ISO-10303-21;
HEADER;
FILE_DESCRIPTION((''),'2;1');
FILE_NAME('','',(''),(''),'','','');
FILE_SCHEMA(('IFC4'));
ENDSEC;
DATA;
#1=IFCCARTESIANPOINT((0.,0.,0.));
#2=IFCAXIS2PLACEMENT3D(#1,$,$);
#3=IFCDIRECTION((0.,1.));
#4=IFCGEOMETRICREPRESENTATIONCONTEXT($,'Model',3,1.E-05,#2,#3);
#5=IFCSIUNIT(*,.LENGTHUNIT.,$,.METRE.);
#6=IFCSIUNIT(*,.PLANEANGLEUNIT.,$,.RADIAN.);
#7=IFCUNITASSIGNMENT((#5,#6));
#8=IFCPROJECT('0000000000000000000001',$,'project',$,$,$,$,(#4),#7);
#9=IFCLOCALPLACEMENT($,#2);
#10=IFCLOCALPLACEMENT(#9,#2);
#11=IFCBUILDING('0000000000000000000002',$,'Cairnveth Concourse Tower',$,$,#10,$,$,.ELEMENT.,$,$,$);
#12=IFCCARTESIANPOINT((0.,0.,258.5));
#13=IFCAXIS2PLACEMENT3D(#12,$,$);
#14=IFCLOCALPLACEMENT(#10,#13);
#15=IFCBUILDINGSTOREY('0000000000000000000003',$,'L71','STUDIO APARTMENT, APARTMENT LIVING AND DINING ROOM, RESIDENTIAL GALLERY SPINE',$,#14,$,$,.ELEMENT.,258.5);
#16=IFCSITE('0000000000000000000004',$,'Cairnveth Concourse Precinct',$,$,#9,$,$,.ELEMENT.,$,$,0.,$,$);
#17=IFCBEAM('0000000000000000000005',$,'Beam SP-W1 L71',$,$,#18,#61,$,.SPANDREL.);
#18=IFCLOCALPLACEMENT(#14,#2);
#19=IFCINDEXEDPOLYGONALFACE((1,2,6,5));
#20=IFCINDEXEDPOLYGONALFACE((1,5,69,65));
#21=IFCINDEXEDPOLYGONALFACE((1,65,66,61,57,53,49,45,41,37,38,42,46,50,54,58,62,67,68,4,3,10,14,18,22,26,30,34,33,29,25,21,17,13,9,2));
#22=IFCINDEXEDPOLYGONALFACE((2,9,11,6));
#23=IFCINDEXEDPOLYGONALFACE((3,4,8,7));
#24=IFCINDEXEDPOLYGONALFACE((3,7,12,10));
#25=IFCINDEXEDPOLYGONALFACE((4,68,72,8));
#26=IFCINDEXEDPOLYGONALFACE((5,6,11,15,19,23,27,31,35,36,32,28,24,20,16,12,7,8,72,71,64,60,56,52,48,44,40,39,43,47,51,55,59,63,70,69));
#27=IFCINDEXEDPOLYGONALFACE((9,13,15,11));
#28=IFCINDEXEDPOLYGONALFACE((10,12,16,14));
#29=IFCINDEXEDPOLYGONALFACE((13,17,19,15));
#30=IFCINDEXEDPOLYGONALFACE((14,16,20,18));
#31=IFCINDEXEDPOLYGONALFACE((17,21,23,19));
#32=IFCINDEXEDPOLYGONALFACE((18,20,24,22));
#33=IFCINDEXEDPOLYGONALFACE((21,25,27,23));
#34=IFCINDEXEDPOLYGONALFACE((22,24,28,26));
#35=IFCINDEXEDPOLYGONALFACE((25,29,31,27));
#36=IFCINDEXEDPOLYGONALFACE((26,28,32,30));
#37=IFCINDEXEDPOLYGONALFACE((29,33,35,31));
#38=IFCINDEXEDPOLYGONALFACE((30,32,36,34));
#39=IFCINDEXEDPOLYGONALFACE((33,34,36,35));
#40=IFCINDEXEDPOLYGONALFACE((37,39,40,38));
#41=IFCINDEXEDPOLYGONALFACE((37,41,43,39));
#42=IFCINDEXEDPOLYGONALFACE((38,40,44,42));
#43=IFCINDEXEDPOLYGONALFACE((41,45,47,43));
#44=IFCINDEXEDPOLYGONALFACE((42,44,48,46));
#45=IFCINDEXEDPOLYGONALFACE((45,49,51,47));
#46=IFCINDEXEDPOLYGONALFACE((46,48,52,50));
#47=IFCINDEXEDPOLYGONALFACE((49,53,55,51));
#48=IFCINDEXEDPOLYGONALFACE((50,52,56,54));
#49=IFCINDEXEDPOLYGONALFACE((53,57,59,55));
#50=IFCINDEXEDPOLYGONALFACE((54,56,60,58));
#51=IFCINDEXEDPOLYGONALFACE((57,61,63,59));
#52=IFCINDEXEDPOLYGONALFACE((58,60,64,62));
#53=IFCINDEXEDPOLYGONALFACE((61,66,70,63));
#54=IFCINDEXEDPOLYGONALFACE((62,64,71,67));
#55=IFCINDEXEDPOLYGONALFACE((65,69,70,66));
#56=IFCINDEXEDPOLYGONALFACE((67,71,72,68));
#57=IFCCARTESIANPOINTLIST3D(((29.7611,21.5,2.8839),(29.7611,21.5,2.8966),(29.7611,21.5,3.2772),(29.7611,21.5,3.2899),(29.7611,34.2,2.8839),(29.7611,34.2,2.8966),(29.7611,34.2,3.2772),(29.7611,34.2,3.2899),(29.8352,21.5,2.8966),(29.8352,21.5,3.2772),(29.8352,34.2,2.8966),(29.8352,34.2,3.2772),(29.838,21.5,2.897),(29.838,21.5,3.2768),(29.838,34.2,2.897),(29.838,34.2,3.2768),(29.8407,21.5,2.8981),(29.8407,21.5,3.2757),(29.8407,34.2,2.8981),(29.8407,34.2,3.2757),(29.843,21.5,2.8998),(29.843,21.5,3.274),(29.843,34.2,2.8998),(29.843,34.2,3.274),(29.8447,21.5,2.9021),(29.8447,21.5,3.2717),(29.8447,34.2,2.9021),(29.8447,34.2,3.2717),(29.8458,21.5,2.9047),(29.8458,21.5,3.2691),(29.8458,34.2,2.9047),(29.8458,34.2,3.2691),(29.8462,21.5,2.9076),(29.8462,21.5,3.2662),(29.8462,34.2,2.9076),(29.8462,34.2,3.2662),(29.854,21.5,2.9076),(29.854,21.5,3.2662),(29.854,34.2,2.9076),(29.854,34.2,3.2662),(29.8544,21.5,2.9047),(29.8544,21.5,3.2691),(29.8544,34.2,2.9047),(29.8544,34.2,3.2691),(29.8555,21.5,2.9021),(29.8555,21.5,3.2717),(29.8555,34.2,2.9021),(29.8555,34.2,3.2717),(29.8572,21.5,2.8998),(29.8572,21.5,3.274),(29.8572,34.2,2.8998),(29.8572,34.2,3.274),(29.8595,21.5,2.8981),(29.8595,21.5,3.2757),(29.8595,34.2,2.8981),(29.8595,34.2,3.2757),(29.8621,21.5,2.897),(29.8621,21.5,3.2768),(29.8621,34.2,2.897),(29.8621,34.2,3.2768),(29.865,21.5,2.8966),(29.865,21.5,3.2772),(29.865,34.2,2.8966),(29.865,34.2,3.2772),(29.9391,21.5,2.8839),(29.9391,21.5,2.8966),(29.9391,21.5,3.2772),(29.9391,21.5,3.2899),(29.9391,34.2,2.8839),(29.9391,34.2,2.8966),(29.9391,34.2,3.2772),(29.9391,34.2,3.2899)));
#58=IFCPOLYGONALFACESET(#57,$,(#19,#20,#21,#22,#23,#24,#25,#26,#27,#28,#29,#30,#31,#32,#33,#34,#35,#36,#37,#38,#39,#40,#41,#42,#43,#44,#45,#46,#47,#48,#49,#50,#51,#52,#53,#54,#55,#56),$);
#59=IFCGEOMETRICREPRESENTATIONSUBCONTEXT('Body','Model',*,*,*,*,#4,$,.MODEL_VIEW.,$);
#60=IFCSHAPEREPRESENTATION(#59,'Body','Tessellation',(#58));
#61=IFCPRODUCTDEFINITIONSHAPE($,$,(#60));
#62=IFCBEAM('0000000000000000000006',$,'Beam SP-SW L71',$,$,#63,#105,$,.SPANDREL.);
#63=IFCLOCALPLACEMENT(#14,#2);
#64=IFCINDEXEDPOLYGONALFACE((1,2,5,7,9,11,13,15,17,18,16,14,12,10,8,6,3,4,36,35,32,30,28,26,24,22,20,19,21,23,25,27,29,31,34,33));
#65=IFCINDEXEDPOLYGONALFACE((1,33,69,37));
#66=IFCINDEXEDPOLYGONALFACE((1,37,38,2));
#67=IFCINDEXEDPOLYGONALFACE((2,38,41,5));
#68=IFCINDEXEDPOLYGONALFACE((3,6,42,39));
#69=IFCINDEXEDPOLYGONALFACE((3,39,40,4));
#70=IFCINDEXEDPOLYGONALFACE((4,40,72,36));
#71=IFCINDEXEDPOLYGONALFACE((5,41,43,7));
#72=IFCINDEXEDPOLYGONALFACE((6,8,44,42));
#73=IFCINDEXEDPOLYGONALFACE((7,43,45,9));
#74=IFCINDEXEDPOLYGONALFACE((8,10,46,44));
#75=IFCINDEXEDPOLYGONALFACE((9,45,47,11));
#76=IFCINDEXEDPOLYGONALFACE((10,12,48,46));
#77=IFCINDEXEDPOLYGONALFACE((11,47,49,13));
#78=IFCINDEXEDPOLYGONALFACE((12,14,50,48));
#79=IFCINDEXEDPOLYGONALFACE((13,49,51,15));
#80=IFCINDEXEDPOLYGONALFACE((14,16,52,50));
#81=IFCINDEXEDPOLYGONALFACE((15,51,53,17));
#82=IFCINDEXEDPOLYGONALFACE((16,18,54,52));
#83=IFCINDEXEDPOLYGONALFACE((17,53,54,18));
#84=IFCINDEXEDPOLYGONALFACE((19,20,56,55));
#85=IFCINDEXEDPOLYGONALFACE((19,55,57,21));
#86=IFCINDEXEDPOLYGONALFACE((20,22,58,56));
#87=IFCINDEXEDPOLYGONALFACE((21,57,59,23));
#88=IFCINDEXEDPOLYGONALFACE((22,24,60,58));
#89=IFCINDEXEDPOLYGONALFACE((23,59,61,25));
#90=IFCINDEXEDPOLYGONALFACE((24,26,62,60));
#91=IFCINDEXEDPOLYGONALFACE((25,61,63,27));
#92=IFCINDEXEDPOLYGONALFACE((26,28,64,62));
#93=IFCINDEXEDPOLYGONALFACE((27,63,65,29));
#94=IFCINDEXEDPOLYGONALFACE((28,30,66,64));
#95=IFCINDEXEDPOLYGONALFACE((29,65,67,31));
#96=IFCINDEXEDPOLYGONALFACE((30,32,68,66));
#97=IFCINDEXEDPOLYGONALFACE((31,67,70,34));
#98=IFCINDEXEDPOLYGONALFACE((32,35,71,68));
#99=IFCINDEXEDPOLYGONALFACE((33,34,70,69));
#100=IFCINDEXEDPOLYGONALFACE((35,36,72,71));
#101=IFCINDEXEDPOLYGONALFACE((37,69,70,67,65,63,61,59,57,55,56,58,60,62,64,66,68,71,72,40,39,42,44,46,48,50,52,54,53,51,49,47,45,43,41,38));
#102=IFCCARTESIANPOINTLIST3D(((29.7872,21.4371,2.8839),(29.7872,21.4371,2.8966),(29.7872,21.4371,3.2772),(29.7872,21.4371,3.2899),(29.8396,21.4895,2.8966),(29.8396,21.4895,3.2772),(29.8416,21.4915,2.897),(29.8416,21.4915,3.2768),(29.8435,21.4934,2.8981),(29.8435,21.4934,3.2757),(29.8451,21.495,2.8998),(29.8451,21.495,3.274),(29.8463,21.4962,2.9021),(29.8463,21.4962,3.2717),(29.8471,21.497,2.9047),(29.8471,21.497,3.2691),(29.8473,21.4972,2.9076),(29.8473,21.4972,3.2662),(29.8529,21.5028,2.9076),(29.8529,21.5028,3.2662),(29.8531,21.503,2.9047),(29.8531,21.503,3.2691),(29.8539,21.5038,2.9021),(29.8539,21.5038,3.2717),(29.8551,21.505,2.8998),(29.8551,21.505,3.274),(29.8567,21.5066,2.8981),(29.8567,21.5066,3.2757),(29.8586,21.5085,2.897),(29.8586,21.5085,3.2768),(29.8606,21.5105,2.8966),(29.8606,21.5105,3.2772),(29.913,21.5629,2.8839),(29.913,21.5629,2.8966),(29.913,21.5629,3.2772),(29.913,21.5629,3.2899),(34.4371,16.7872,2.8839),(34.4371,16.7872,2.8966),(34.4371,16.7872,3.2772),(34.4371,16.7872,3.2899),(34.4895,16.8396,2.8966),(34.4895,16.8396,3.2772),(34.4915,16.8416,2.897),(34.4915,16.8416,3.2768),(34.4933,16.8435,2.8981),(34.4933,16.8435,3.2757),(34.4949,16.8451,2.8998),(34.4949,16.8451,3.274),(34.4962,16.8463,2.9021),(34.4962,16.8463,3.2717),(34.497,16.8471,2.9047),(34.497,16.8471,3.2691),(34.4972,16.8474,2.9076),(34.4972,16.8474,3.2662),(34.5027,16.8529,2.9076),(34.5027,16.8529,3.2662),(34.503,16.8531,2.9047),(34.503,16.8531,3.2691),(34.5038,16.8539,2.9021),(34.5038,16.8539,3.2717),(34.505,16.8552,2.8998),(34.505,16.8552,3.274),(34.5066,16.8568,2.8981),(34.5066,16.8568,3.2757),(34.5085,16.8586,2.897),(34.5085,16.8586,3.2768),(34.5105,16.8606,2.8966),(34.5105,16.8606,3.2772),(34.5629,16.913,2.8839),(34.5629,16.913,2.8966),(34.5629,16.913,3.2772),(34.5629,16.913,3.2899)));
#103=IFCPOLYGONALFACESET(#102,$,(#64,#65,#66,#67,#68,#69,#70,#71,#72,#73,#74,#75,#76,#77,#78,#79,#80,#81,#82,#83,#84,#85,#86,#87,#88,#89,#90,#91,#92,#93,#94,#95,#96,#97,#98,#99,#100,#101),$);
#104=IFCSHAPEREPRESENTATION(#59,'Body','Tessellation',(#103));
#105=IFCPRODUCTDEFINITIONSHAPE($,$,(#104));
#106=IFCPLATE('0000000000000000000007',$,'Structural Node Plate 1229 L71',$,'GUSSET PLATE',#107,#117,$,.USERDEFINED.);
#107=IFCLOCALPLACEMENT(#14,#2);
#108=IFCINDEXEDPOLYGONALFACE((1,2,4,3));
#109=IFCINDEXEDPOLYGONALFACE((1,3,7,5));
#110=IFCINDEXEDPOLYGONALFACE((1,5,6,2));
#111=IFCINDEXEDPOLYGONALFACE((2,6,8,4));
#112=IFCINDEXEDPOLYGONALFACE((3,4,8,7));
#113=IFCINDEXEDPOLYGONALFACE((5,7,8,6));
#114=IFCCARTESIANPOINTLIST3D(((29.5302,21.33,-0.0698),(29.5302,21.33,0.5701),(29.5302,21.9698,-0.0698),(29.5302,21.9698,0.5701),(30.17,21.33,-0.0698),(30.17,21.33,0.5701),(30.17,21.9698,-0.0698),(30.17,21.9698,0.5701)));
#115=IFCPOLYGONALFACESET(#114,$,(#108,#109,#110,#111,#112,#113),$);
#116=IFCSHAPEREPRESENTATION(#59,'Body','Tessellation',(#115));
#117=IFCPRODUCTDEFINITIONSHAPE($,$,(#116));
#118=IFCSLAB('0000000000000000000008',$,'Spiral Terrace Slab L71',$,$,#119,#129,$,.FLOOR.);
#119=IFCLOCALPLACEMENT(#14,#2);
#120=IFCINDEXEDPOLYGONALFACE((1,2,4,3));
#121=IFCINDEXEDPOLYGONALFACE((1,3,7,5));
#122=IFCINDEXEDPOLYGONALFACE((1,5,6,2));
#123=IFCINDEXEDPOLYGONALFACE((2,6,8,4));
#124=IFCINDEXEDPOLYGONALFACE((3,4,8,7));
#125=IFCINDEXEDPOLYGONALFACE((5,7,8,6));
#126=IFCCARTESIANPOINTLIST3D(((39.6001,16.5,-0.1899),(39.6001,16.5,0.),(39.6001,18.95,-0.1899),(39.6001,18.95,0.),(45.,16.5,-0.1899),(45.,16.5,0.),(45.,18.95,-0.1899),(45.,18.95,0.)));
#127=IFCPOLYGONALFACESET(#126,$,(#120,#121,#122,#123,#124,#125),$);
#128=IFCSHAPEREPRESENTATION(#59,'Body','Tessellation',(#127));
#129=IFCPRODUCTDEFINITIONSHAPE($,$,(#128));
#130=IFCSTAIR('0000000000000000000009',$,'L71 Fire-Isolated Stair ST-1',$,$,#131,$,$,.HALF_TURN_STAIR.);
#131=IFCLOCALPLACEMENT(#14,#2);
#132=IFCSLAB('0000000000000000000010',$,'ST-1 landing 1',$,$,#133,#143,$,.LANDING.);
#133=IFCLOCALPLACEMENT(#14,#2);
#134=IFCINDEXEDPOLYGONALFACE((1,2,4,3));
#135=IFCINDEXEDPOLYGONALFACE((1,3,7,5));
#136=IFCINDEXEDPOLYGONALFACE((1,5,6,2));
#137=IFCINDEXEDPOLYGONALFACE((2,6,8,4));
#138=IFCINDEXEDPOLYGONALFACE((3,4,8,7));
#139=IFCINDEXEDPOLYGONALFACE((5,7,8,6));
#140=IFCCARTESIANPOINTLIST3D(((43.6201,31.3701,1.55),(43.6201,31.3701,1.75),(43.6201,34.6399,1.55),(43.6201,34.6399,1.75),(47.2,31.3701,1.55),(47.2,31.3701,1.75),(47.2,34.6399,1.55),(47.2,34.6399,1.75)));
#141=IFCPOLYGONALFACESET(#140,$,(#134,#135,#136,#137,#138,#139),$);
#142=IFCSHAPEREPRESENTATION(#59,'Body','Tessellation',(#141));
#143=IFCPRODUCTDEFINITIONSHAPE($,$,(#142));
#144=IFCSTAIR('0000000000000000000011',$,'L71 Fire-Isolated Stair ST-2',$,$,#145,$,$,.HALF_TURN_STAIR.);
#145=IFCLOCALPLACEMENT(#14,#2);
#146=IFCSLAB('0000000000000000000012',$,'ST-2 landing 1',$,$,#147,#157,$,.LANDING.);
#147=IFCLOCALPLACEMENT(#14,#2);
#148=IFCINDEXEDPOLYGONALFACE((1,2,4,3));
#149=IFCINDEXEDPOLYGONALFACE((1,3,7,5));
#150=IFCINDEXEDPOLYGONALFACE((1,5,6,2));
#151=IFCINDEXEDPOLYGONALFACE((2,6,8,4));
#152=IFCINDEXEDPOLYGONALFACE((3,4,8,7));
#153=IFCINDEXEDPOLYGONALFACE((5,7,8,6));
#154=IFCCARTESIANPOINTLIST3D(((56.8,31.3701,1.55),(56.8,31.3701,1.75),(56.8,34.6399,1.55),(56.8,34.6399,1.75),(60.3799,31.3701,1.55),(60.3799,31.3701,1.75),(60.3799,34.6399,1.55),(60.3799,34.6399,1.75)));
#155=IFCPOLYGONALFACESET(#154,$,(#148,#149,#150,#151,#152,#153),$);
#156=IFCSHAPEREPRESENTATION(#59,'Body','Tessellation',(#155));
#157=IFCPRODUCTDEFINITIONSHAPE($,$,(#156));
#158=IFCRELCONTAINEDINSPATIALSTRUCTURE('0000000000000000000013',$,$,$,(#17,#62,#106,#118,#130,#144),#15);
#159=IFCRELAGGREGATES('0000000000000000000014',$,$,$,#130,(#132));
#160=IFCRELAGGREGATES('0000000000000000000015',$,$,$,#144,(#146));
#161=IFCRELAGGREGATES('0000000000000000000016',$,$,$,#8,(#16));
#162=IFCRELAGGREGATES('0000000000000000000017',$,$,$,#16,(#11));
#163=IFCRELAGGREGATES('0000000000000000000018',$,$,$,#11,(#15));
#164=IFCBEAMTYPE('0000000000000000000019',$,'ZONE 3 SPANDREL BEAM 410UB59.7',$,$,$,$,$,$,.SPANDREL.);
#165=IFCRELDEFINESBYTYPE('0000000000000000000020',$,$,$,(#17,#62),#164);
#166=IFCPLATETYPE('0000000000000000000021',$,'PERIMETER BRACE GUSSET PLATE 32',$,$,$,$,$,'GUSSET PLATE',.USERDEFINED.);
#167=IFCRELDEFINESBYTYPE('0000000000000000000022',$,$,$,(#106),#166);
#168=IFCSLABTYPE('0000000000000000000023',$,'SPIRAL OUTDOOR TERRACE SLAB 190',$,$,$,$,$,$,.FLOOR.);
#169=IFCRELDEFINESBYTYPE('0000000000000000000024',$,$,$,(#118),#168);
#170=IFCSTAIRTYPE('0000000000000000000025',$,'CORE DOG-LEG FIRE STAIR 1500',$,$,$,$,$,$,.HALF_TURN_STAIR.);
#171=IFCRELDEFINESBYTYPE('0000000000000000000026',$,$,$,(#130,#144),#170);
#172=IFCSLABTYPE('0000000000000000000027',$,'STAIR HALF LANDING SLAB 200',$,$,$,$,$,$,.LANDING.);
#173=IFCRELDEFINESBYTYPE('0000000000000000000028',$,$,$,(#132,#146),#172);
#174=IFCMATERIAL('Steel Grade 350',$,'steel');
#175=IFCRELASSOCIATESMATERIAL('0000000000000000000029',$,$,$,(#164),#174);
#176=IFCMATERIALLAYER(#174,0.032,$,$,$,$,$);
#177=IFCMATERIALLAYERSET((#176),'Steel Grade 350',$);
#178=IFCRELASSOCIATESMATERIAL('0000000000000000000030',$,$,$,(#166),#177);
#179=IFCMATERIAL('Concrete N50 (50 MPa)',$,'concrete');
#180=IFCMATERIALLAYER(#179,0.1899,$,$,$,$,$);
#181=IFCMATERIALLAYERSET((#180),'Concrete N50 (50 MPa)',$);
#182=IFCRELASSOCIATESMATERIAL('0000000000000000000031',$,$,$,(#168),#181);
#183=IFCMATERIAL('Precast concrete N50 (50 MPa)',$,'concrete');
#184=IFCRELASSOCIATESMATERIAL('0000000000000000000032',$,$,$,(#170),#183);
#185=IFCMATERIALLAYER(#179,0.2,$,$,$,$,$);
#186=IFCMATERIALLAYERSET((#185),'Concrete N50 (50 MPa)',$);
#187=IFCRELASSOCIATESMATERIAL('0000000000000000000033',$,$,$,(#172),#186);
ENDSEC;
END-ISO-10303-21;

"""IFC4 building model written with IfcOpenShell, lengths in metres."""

from ifc_helpers import new_model, si_unit, direction, frame, origin, origin_2d, place, context, subcontext, project, spatial, polyline, rectangle, i_section, outline, extrude, material, layer, layer_set, material_profile, profile_set, type_object, element, aggregate, save


model = new_model("IFC4")

# Units and contexts
model_context = context("Model", 3, precision=1e-05, world=origin(), true_north=direction((0.0, 1.0)))
body_context = subcontext(model_context, "Body", "Model", "MODEL_VIEW")
ifc_project = project(units=[si_unit("LENGTHUNIT", "METRE"), si_unit("PLANEANGLEUNIT", "RADIAN")], contexts=[model_context])

# Site, building, storey
site_placement = place(None, origin())
site = spatial("IfcSite", under=ifc_project, at=site_placement, Name="Cairnveth Concourse Precinct", CompositionType="ELEMENT", RefElevation=0.0)
building_placement = place(site_placement, origin())
building = spatial("IfcBuilding", under=site, at=building_placement, Name="Cairnveth Concourse Tower", CompositionType="ELEMENT")
storey_placement = place(building_placement, frame((0.0, 0.0, 258.5)))
storey = spatial("IfcBuildingStorey", under=building, at=storey_placement, Name="L71", Description="STUDIO APARTMENT, APARTMENT LIVING AND DINING ROOM, RESIDENTIAL GALLERY SPINE", CompositionType="ELEMENT", Elevation=258.5)

# Shared definitions
ifc_material_1 = material(Name="Steel Grade 350", Category="steel")

# Beams
ifc_material_profile_1 = material_profile(ifc_material_1, i_section(OverallWidth=0.178, OverallDepth=0.406, WebThickness=0.0078, FlangeThickness=0.0127, FilletRadius=0.011, at=origin_2d()), Name="410UB59.7")
ifc_profile_set_1 = profile_set([ifc_material_profile_1], Name="Steel Grade 350")
beam_type_1 = type_object("IfcBeamType", Name="ZONE 3 SPANDREL BEAM 410UB59.7", PredefinedType="SPANDREL", material=ifc_profile_set_1)
beam_1_placement = place(storey_placement, frame((29.8501, 21.5, 3.0869), z_axis=(0.0, 1.0, 0.0), x_axis=(-1.0, 0.0, 0.0)))
element("IfcBeam", 1, at=beam_1_placement, inside=storey, type_object=beam_type_1, Name="Beam SP-W1 L71", PredefinedType="SPANDREL", context=body_context, shape_type="SweptSolid", body=[
    extrude(i_section(OverallWidth=0.178, OverallDepth=0.406, WebThickness=0.0078, FlangeThickness=0.0127, FilletRadius=0.011, at=origin_2d()), origin(), (0.0, 0.0, 1.0), 12.7),
])
beam_2_placement = place(storey_placement, frame((29.8501, 21.5, 3.0869), z_axis=(0.707107, -0.707107, 0.0), x_axis=(0.707107, 0.707107, 0.0)))
element("IfcBeam", 2, at=beam_2_placement, inside=storey, type_object=beam_type_1, Name="Beam SP-SW L71", PredefinedType="SPANDREL", context=body_context, shape_type="SweptSolid", body=[
    extrude(i_section(OverallWidth=0.178, OverallDepth=0.406, WebThickness=0.0078, FlangeThickness=0.0127, FilletRadius=0.011, at=origin_2d()), origin(), (0.0, 0.0, 1.0), 6.5759),
])

# Plate
ifc_layer_1 = layer(ifc_material_1, 0.032)
ifc_layer_set_1 = layer_set([ifc_layer_1], Name="Steel Grade 350")
plate_type = type_object("IfcPlateType", Name="PERIMETER BRACE GUSSET PLATE 32", ElementType="GUSSET PLATE", PredefinedType="USERDEFINED", material=ifc_layer_set_1)
plate_placement = place(storey_placement, frame((29.8501, 21.6499, -0.0698), z_axis=(0.0, 0.0, 1.0), x_axis=(1.0, 0.0, 0.0)))
element("IfcPlate", 3, at=plate_placement, inside=storey, type_object=plate_type, Name="Structural Node Plate 1229 L71", ObjectType="GUSSET PLATE", PredefinedType="USERDEFINED", context=body_context, shape_type="SweptSolid", body=[
    extrude(rectangle(XDim=0.6399, YDim=0.6399, at=origin_2d()), origin(), (0.0, 0.0, 1.0), 0.6399),
])

# Slab
ifc_material_2 = material(Name="Concrete N50 (50 MPa)", Category="concrete")
ifc_layer_2 = layer(ifc_material_2, 0.1899)
ifc_layer_set_2 = layer_set([ifc_layer_2], Name="Concrete N50 (50 MPa)")
slab_type_1 = type_object("IfcSlabType", Name="SPIRAL OUTDOOR TERRACE SLAB 190", PredefinedType="FLOOR", material=ifc_layer_set_2)
slab_1_placement = place(storey_placement, frame((0.0, 0.0, -0.1899)))
element("IfcSlab", 4, at=slab_1_placement, inside=storey, type_object=slab_type_1, Name="Spiral Terrace Slab L71", PredefinedType="FLOOR", context=body_context, shape_type="SweptSolid", body=[
    extrude(outline(polyline([(39.6001, 16.5), (45.0, 16.5), (45.0, 18.95), (39.6001, 18.95), (39.6001, 16.5)])), origin(), (0.0, 0.0, 1.0), 0.1899),
])

# Stairs, slabs
ifc_material_3 = material(Name="Precast concrete N50 (50 MPa)", Category="concrete")
stair_type = type_object("IfcStairType", Name="CORE DOG-LEG FIRE STAIR 1500", PredefinedType="HALF_TURN_STAIR", material=ifc_material_3)
stair_1_placement = place(storey_placement, origin())
stair_1 = element("IfcStair", 5, at=stair_1_placement, inside=storey, type_object=stair_type, Name="L71 Fire-Isolated Stair ST-1", PredefinedType="HALF_TURN_STAIR")
ifc_layer_3 = layer(ifc_material_2, 0.2)
ifc_layer_set_3 = layer_set([ifc_layer_3], Name="Concrete N50 (50 MPa)")
slab_type_2 = type_object("IfcSlabType", Name="STAIR HALF LANDING SLAB 200", PredefinedType="LANDING", material=ifc_layer_set_3)
slab_2_placement = place(storey_placement, frame((0.0, 0.0, 1.55)))
slab_2 = element("IfcSlab", 6, at=slab_2_placement, type_object=slab_type_2, Name="ST-1 landing 1", PredefinedType="LANDING", context=body_context, shape_type="SweptSolid", body=[
    extrude(outline(polyline([(43.6201, 34.6399), (43.6201, 31.3701), (47.2, 31.3701), (47.2, 34.6399), (43.6201, 34.6399)])), origin(), (0.0, 0.0, 1.0), 0.2),
])
aggregate(stair_1, [slab_2])
stair_2_placement = place(storey_placement, origin())
stair_2 = element("IfcStair", 7, at=stair_2_placement, inside=storey, type_object=stair_type, Name="L71 Fire-Isolated Stair ST-2", PredefinedType="HALF_TURN_STAIR")
slab_3_placement = place(storey_placement, frame((0.0, 0.0, 1.55)))
slab_3 = element("IfcSlab", 8, at=slab_3_placement, type_object=slab_type_2, Name="ST-2 landing 1", PredefinedType="LANDING", context=body_context, shape_type="SweptSolid", body=[
    extrude(outline(polyline([(56.8, 34.6399), (56.8, 31.3701), (60.3799, 31.3701), (60.3799, 34.6399), (56.8, 34.6399)])), origin(), (0.0, 0.0, 1.0), 0.2),
])
aggregate(stair_2, [slab_3])

save(model, "model.ifc")
